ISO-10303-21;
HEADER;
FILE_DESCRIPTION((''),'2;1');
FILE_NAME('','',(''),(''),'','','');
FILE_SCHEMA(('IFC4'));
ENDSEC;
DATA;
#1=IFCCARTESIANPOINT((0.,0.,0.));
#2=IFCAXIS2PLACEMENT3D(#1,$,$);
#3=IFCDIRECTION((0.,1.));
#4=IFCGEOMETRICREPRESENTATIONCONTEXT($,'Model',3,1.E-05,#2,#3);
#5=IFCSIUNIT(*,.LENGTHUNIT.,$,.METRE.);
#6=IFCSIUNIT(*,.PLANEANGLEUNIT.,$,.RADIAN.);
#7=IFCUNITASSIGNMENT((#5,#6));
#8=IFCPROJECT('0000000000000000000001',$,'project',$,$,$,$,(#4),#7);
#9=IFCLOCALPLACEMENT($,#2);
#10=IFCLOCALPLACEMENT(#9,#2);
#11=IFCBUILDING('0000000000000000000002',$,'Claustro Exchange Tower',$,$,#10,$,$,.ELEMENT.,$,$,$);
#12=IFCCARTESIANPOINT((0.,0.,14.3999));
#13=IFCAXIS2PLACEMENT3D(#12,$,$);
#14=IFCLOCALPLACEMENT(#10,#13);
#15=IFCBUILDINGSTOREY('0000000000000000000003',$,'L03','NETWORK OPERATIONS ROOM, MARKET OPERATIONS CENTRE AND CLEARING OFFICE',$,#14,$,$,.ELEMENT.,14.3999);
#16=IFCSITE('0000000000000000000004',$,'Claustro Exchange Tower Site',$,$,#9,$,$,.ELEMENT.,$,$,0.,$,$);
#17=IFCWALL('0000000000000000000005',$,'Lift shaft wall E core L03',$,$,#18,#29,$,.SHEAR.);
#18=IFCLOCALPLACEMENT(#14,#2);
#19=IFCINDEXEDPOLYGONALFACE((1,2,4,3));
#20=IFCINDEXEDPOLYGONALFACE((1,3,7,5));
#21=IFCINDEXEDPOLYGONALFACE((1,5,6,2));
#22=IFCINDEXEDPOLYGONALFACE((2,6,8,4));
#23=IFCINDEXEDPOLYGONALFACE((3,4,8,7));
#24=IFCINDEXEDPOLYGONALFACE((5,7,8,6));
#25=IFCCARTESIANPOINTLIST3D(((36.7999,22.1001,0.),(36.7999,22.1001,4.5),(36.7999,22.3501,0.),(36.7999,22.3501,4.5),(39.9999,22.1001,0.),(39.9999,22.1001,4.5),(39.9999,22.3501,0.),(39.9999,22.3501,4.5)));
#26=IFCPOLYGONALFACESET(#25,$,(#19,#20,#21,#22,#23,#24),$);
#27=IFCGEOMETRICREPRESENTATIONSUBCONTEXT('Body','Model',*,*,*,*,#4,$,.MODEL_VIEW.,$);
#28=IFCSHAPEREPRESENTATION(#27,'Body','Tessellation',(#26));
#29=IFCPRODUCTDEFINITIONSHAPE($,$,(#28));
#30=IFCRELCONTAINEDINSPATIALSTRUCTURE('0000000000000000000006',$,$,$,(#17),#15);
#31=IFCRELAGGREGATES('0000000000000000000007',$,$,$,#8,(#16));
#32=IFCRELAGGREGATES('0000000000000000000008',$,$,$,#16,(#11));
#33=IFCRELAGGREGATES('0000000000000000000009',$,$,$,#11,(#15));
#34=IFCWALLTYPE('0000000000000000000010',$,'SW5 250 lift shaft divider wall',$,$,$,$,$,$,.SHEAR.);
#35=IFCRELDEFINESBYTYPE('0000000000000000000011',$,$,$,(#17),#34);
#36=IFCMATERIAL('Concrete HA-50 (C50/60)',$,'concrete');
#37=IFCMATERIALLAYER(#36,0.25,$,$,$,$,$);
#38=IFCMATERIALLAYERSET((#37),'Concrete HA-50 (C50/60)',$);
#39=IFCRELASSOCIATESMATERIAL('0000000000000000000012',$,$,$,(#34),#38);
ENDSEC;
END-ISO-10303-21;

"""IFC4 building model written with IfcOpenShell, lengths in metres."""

from ifc_helpers import new_model, si_unit, direction, frame, frame_2d, origin, place, context, subcontext, project, spatial, rectangle, extrude, material, layer, layer_set, type_object, element, save


model = new_model("IFC4")

# Units and contexts
model_context = context("Model", 3, precision=1e-05, world=origin(), true_north=direction((0.0, 1.0)))
body_context = subcontext(model_context, "Body", "Model", "MODEL_VIEW")
ifc_project = project(units=[si_unit("LENGTHUNIT", "METRE"), si_unit("PLANEANGLEUNIT", "RADIAN")], contexts=[model_context])

# Site, building, storey
site_placement = place(None, origin())
site = spatial("IfcSite", under=ifc_project, at=site_placement, Name="Claustro Exchange Tower Site", CompositionType="ELEMENT", RefElevation=0.0)
building_placement = place(site_placement, origin())
building = spatial("IfcBuilding", under=site, at=building_placement, Name="Claustro Exchange Tower", CompositionType="ELEMENT")
storey_placement = place(building_placement, frame((0.0, 0.0, 14.3999)))
storey = spatial("IfcBuildingStorey", under=building, at=storey_placement, Name="L03", Description="NETWORK OPERATIONS ROOM, MARKET OPERATIONS CENTRE AND CLEARING OFFICE", CompositionType="ELEMENT", Elevation=14.3999)

# Wall
ifc_material_1 = material(Name="Concrete HA-50 (C50/60)", Category="concrete")
ifc_layer_1 = layer(ifc_material_1, 0.25)
ifc_layer_set_1 = layer_set([ifc_layer_1], Name="Concrete HA-50 (C50/60)")
wall_type = type_object("IfcWallType", Name="SW5 250 lift shaft divider wall", PredefinedType="SHEAR", material=ifc_layer_set_1)
for number, where, z_axis, x_axis, name in (
    (1, (40.0, 22.2251, 0.0), (0.0, 0.0, 1.0), (-1.0, 0.0, 0.0), "Lift shaft wall E core L03"),
):
    element("IfcWall", number, at=place(storey_placement, frame(where, z_axis=z_axis, x_axis=x_axis)), inside=storey, type_object=wall_type, Name=name, PredefinedType="SHEAR", context=body_context, shape_type="SweptSolid", body=[
        extrude(rectangle(XDim=3.2, YDim=0.25, at=frame_2d((1.6001, 0.0))), origin(), (0.0, 0.0, 1.0), 4.5),
    ])

save(model, "model.ifc")
